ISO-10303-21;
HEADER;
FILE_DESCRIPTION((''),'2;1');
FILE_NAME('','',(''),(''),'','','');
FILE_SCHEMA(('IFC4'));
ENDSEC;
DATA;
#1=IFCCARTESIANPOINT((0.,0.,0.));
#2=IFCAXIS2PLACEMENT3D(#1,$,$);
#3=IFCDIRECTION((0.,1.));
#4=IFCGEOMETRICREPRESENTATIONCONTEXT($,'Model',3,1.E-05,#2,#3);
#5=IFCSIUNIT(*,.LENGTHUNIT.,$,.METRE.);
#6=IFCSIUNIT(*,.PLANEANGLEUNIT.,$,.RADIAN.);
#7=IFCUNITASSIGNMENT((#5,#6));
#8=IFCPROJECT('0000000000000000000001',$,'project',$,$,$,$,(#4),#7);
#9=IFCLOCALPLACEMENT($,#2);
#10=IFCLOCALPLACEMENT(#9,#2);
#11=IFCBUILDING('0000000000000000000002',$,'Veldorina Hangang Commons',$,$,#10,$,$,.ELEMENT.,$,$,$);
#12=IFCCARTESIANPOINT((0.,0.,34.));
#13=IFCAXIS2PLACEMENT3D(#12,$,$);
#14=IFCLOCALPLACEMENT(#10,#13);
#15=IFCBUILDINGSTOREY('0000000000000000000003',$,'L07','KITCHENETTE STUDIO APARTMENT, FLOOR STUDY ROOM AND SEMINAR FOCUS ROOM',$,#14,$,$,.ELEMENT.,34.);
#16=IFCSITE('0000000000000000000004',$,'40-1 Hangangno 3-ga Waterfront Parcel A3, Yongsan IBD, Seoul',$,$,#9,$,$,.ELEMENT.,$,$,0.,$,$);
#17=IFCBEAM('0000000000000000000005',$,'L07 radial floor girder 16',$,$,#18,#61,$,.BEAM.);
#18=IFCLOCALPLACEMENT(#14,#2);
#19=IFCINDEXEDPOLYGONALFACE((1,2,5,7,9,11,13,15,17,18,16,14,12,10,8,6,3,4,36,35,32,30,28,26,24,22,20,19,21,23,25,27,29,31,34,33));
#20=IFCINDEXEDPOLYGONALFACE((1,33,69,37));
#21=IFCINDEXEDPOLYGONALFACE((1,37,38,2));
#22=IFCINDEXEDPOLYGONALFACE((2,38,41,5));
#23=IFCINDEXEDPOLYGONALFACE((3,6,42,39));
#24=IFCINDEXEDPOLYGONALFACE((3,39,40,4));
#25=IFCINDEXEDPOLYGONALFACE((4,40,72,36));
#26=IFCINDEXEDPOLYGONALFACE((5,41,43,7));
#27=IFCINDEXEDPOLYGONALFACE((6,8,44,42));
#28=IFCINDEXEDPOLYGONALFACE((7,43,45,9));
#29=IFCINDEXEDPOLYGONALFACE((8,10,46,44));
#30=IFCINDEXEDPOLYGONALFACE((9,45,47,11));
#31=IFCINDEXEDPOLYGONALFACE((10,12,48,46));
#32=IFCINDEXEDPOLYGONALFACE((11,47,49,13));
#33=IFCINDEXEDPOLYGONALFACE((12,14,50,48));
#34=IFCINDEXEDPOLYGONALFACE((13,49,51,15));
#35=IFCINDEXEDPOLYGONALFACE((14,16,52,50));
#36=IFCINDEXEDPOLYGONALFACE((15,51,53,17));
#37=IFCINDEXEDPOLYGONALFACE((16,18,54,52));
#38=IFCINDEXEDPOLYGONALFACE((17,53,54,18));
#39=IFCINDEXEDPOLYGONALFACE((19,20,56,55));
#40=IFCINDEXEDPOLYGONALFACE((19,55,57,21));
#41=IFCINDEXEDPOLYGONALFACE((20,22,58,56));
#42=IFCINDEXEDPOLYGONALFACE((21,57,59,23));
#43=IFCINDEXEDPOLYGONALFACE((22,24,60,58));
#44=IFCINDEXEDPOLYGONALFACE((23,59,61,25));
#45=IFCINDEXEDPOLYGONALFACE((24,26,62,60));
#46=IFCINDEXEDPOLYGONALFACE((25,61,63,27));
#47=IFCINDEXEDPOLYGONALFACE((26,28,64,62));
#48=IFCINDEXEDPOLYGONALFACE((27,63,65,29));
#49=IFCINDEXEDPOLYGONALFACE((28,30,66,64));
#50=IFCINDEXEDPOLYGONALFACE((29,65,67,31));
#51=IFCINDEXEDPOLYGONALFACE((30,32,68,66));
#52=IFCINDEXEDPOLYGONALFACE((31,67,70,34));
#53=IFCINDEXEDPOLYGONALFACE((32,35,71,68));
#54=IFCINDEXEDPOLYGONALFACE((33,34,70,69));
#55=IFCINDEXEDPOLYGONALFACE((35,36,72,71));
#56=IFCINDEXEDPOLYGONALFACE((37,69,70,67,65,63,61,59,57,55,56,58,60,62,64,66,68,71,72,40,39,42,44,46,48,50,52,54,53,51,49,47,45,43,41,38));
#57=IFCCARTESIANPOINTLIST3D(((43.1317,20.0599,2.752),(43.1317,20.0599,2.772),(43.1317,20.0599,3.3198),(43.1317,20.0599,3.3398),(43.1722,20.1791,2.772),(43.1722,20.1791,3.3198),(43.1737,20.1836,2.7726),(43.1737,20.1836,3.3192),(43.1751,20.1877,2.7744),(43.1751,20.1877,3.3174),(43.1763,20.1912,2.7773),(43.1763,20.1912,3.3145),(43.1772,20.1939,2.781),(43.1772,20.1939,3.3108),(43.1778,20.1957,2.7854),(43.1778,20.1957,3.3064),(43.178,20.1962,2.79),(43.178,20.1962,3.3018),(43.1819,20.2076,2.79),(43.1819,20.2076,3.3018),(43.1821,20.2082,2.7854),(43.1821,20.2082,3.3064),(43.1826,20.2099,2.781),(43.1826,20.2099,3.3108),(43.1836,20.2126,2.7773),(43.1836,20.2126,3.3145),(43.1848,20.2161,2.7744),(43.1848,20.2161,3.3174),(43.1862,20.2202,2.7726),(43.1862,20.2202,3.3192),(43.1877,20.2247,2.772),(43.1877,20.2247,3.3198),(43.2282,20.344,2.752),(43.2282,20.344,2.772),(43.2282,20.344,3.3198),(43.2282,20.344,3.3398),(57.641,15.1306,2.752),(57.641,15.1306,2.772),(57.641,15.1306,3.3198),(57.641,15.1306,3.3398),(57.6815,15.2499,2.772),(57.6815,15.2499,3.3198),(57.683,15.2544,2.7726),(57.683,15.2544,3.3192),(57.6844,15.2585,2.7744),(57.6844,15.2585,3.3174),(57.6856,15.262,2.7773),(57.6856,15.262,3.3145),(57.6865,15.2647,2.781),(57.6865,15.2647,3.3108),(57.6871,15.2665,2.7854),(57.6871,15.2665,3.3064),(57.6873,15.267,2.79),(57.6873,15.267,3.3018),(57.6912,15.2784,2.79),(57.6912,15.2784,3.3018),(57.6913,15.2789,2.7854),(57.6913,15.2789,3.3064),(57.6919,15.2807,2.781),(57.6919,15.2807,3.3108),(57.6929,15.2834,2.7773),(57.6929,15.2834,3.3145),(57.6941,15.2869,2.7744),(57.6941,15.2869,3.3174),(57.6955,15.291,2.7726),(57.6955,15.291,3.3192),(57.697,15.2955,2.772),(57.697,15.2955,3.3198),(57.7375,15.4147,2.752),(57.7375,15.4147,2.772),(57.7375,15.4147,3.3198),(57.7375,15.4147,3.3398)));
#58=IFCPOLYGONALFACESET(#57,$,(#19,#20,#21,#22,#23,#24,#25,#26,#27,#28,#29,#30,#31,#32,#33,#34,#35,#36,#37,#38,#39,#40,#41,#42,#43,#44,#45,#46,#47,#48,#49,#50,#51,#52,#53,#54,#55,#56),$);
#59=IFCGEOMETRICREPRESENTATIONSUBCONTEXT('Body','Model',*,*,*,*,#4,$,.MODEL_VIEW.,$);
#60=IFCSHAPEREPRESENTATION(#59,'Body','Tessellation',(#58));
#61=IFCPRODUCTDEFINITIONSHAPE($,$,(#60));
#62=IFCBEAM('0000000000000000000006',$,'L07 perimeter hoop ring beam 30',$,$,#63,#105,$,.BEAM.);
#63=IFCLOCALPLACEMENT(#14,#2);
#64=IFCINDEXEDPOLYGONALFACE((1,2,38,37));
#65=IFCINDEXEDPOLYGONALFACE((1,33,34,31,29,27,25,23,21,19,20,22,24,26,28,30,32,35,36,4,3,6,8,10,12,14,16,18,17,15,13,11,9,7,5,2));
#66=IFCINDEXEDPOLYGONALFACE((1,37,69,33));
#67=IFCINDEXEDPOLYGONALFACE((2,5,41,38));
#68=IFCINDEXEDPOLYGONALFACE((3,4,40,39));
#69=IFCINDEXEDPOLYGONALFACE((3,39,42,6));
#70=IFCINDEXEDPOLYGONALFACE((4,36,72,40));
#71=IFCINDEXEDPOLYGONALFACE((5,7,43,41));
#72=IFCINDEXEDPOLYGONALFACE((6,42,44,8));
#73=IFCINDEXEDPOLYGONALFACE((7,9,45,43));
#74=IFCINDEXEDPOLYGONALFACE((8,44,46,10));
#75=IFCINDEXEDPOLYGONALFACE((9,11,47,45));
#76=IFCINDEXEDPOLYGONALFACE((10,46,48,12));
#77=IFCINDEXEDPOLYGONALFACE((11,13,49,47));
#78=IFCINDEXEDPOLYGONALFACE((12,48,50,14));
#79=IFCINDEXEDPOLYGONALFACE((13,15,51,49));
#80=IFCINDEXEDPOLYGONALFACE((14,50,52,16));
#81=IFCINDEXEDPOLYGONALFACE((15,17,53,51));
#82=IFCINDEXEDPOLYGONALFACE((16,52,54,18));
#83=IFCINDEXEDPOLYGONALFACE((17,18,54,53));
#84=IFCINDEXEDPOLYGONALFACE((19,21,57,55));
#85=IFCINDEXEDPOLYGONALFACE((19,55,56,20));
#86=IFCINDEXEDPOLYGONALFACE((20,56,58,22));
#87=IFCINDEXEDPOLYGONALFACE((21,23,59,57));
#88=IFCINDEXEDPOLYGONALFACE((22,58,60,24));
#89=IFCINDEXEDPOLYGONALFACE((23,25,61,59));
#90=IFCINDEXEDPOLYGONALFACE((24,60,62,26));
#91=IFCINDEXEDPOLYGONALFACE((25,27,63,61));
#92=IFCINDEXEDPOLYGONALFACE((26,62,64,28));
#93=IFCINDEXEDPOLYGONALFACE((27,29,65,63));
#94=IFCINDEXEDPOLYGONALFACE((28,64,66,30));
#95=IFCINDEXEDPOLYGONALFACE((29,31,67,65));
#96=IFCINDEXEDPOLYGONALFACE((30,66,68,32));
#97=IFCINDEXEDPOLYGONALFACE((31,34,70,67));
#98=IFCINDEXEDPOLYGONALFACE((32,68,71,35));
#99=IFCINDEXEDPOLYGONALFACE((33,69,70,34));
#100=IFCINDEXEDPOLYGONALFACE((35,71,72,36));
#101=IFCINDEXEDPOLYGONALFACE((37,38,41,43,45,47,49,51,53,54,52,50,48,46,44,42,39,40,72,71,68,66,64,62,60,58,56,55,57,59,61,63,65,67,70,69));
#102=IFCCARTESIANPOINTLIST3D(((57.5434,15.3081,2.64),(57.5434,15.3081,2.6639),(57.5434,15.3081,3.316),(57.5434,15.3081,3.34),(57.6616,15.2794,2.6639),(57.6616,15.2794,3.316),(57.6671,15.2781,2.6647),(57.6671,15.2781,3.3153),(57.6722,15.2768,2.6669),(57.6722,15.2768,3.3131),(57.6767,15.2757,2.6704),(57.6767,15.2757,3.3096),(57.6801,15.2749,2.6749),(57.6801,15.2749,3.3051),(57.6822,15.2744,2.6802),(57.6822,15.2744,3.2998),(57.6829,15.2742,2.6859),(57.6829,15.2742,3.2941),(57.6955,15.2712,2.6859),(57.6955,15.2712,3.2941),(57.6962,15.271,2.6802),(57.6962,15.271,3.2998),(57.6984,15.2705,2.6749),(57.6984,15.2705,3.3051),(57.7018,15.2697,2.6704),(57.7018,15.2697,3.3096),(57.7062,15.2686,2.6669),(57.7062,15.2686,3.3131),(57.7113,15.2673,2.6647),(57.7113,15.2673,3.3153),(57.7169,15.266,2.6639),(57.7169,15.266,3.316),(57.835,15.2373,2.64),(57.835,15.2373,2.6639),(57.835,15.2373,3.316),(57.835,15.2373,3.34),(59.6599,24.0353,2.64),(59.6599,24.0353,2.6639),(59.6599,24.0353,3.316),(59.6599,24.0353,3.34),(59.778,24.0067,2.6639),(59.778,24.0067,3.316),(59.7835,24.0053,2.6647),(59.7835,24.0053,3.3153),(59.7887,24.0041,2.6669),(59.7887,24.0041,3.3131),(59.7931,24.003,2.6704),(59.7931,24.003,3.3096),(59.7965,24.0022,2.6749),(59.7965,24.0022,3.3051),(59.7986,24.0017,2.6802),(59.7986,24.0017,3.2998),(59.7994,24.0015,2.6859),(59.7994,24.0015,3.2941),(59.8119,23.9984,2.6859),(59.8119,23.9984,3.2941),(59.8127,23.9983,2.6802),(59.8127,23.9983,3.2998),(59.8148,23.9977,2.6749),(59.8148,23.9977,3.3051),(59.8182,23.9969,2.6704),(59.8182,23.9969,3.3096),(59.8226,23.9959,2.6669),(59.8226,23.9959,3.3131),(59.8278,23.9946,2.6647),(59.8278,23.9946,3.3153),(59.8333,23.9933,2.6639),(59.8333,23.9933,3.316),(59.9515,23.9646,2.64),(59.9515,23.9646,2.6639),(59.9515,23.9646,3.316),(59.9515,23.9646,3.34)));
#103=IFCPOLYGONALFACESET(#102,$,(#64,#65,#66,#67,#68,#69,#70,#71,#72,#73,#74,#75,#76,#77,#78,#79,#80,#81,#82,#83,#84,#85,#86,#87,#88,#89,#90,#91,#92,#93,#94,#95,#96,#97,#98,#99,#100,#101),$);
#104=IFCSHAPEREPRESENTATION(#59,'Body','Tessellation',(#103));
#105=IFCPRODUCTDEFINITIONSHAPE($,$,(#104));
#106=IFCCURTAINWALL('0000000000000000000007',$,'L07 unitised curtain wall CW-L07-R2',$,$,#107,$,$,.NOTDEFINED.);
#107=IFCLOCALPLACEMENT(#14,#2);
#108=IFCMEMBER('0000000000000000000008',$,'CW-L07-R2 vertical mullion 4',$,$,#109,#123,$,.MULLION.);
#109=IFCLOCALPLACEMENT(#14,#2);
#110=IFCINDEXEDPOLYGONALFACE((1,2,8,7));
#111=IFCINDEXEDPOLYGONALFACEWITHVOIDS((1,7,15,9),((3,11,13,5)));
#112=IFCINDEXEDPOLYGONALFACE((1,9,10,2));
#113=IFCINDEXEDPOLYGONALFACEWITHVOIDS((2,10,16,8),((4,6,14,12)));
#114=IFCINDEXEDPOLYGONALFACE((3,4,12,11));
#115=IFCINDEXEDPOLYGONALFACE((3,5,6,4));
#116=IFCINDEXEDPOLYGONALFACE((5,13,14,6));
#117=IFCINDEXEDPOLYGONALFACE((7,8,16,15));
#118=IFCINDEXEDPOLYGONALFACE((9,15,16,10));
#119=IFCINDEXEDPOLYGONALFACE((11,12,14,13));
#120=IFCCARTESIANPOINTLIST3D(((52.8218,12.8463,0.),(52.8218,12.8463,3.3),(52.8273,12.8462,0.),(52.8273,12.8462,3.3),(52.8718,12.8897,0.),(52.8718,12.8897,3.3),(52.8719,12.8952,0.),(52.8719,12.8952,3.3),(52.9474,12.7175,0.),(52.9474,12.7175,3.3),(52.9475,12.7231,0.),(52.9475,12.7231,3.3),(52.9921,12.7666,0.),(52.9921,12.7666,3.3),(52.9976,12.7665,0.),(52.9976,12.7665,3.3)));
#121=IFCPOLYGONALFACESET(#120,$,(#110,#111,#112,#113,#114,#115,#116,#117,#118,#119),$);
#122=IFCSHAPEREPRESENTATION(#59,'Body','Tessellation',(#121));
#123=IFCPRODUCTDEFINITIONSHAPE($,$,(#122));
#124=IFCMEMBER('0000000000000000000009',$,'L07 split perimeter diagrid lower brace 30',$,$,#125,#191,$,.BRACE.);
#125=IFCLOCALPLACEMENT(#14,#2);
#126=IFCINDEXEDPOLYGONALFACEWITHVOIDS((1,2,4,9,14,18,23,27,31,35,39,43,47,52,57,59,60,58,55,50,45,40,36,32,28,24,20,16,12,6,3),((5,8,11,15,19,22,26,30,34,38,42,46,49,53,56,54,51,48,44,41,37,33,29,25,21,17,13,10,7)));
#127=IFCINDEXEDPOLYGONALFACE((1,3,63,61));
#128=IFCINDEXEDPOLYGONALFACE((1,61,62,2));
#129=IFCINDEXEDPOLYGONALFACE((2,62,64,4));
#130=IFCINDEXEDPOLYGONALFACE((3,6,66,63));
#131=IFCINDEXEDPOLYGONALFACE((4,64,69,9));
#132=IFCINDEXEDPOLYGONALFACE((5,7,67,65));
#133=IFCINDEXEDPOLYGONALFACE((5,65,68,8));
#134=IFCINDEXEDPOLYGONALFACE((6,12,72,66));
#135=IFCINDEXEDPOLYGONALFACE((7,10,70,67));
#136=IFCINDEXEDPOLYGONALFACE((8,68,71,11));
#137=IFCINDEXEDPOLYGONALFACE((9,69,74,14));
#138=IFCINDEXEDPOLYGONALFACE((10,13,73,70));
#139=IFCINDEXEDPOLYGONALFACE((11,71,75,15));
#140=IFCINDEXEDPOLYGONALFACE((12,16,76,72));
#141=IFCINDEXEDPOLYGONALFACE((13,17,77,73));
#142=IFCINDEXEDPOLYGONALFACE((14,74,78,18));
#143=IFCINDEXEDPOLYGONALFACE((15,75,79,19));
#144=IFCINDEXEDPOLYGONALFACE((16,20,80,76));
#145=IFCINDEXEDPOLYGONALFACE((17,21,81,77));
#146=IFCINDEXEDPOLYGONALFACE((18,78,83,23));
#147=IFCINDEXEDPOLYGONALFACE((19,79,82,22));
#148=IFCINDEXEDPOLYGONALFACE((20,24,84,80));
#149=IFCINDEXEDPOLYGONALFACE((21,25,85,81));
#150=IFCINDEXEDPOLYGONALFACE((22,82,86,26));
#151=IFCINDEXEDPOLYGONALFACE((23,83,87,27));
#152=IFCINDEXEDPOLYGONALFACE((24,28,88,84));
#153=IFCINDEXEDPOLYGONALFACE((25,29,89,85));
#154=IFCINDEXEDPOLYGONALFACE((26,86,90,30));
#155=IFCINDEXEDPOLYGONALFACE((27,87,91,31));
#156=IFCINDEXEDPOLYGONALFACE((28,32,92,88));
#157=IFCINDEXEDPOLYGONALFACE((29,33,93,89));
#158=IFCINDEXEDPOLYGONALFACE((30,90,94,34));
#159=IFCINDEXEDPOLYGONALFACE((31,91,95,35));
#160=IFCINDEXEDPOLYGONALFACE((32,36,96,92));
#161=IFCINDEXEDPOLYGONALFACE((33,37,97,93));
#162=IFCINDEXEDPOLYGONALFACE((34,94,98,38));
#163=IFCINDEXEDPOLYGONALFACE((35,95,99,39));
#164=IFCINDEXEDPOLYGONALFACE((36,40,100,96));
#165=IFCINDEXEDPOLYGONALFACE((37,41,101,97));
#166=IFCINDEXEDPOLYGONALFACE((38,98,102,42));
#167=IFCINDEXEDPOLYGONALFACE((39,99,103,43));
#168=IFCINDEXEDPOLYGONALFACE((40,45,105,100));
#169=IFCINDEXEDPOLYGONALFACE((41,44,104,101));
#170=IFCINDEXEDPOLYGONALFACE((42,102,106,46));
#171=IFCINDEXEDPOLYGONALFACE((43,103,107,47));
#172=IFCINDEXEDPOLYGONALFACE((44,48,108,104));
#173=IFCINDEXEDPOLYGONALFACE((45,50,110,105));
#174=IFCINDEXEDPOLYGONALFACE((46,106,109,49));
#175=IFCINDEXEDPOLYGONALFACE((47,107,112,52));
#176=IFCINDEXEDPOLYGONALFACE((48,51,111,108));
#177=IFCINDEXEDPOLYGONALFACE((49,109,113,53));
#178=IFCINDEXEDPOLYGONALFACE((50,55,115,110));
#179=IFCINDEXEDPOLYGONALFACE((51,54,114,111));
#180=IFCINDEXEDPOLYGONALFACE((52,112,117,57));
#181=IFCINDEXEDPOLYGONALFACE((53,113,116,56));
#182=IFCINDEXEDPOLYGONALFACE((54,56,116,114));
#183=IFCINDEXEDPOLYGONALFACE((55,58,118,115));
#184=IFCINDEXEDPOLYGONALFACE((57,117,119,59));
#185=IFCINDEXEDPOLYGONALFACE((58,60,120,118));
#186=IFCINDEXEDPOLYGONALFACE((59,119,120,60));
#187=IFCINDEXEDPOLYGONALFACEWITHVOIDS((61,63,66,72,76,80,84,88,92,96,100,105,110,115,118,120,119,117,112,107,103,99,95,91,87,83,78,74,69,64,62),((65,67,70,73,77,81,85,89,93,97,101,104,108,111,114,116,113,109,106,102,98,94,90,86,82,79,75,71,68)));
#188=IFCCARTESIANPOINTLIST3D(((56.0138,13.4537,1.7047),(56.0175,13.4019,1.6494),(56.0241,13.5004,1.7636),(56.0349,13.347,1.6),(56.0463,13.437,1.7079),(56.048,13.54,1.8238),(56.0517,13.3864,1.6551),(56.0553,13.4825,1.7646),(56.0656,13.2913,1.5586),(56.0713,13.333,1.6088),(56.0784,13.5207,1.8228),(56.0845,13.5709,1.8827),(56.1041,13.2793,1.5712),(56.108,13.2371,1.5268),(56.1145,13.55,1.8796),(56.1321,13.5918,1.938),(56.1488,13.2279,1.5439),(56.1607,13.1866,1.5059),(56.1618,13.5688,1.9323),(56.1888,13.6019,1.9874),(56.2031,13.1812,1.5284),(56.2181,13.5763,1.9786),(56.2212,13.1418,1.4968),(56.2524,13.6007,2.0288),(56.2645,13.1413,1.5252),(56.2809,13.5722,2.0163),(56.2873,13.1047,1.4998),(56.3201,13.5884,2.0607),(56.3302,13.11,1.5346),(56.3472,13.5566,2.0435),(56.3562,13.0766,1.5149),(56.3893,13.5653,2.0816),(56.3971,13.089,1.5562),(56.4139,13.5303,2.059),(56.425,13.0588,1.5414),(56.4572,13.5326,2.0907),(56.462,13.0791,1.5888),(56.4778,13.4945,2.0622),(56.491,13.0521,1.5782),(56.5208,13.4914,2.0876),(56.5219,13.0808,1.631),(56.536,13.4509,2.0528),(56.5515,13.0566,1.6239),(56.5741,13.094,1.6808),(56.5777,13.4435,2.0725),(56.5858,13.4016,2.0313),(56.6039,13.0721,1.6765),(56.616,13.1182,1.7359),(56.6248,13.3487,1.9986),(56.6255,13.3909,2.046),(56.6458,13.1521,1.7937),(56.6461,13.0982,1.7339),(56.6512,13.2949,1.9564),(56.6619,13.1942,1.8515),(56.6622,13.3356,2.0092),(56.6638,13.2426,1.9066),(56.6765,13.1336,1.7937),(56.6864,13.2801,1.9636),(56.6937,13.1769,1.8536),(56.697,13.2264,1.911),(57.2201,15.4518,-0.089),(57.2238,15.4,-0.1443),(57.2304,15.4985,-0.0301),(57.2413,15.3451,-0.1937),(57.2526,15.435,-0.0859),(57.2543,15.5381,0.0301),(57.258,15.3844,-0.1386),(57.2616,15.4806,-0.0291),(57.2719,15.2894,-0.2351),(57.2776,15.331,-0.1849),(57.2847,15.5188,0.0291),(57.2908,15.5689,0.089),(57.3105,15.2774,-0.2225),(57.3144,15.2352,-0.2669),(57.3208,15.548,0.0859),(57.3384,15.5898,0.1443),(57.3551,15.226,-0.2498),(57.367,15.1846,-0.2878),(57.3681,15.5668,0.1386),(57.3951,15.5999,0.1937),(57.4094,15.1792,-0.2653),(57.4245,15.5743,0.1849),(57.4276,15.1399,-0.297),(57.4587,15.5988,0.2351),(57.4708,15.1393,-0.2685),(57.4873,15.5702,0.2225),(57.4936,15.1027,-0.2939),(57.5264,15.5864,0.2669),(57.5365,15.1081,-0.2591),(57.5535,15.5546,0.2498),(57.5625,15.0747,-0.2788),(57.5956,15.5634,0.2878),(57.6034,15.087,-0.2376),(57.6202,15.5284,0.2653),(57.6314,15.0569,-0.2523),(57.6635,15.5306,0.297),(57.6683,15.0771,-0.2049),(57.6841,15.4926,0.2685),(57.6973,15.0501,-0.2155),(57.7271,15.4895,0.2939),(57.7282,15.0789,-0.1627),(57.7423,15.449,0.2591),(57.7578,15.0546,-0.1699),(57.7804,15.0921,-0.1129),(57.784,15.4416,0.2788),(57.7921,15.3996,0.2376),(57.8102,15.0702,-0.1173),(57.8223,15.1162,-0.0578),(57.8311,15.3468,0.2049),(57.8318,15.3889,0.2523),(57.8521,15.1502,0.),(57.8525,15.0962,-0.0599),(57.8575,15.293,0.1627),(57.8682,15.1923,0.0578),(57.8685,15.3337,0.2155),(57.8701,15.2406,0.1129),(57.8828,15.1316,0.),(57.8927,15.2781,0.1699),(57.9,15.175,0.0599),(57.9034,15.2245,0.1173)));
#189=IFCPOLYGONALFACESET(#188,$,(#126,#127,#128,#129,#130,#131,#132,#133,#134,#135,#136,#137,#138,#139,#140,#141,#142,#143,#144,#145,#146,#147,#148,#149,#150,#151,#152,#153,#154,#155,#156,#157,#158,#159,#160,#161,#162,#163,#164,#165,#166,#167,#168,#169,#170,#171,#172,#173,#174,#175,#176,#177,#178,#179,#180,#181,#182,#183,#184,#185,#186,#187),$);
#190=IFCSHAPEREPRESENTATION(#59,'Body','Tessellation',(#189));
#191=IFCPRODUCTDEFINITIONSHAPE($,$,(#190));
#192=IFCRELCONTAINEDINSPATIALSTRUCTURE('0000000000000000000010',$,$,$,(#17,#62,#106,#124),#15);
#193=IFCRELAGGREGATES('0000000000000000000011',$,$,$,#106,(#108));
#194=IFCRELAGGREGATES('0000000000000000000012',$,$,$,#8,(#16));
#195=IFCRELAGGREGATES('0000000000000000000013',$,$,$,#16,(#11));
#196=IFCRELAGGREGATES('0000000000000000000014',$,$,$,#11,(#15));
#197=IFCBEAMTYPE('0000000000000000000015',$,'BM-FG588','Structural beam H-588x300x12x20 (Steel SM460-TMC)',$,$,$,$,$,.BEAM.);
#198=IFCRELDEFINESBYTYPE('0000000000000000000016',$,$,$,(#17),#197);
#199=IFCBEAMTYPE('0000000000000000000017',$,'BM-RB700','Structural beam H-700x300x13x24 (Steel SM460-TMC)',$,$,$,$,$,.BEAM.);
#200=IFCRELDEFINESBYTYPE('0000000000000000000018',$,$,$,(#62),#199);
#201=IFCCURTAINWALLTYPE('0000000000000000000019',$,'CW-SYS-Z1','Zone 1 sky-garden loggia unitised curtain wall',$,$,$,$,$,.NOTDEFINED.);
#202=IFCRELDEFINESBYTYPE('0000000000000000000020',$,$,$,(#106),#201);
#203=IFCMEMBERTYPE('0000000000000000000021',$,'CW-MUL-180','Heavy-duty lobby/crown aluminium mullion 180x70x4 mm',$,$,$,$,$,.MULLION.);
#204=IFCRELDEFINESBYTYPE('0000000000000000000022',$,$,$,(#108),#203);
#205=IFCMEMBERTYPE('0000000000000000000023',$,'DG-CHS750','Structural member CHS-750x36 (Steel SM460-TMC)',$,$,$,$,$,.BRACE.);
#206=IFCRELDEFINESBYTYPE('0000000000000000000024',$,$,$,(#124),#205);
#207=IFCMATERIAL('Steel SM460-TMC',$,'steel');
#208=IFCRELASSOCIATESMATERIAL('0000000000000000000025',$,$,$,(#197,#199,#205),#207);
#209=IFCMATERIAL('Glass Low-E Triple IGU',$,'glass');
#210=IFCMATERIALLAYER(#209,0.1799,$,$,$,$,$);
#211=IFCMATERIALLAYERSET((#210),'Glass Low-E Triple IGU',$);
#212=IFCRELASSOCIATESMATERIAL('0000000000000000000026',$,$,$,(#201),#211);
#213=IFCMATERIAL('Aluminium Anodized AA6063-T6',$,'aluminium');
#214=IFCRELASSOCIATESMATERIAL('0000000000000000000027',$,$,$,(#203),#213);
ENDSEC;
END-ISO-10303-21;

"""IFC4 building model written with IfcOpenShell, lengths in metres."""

from ifc_helpers import new_model, si_unit, direction, frame, origin, origin_2d, place, context, subcontext, project, spatial, hollow_rectangle, hollow_circle, i_section, extrude, material, layer, layer_set, material_profile, profile_set, type_object, element, aggregate, save


model = new_model("IFC4")

# Units and contexts
model_context = context("Model", 3, precision=1e-05, world=origin(), true_north=direction((0.0, 1.0)))
body_context = subcontext(model_context, "Body", "Model", "MODEL_VIEW")
ifc_project = project(units=[si_unit("LENGTHUNIT", "METRE"), si_unit("PLANEANGLEUNIT", "RADIAN")], contexts=[model_context])

# Site, building, storey
site_placement = place(None, origin())
site = spatial("IfcSite", under=ifc_project, at=site_placement, Name="40-1 Hangangno 3-ga Waterfront Parcel A3, Yongsan IBD, Seoul", CompositionType="ELEMENT", RefElevation=0.0)
building_placement = place(site_placement, origin())
building = spatial("IfcBuilding", under=site, at=building_placement, Name="Veldorina Hangang Commons", CompositionType="ELEMENT")
storey_placement = place(building_placement, frame((0.0, 0.0, 34.0)))
storey = spatial("IfcBuildingStorey", under=building, at=storey_placement, Name="L07", Description="KITCHENETTE STUDIO APARTMENT, FLOOR STUDY ROOM AND SEMINAR FOCUS ROOM", CompositionType="ELEMENT", Elevation=34.0)

# Beams
ifc_material_1 = material(Name="Steel SM460-TMC", Category="steel")
ifc_material_profile_1 = material_profile(ifc_material_1, i_section(OverallWidth=0.3, OverallDepth=0.5879, WebThickness=0.012, FlangeThickness=0.02, FilletRadius=0.0181, at=origin_2d()), Name="H-588x300x12x20")
ifc_profile_set_1 = profile_set([ifc_material_profile_1], Name="Steel SM460-TMC")
beam_type_1 = type_object("IfcBeamType", Name="BM-FG588", Description="Structural beam H-588x300x12x20 (Steel SM460-TMC)", PredefinedType="BEAM", material=ifc_profile_set_1)
beam_1_placement = place(storey_placement, frame((43.1799, 20.2019, 3.0459), z_axis=(0.946851, -0.321671, 0.0), x_axis=(0.321671, 0.946851, 0.0)))
element("IfcBeam", 1, at=beam_1_placement, inside=storey, type_object=beam_type_1, Name="L07 radial floor girder 16", PredefinedType="BEAM", context=body_context, shape_type="SweptSolid", body=[
    extrude(i_section(OverallWidth=0.3, OverallDepth=0.5879, WebThickness=0.012, FlangeThickness=0.02, FilletRadius=0.0181, at=origin_2d()), origin(), (0.0, 0.0, 1.0), 15.3237),
])
ifc_material_profile_2 = material_profile(ifc_material_1, i_section(OverallWidth=0.3, OverallDepth=0.7, WebThickness=0.0129, FlangeThickness=0.0239, FilletRadius=0.022, at=origin_2d()), Name="H-700x300x13x24")
ifc_profile_set_2 = profile_set([ifc_material_profile_2], Name="Steel SM460-TMC")
beam_type_2 = type_object("IfcBeamType", Name="BM-RB700", Description="Structural beam H-700x300x13x24 (Steel SM460-TMC)", PredefinedType="BEAM", material=ifc_profile_set_2)
beam_2_placement = place(storey_placement, frame((57.6892, 15.2727, 2.99), z_axis=(0.235679, 0.971831, 0.0), x_axis=(-0.971831, 0.235679, 0.0)))
element("IfcBeam", 2, at=beam_2_placement, inside=storey, type_object=beam_type_2, Name="L07 perimeter hoop ring beam 30", PredefinedType="BEAM", context=body_context, shape_type="SweptSolid", body=[
    extrude(i_section(OverallWidth=0.3, OverallDepth=0.7, WebThickness=0.0129, FlangeThickness=0.0239, FilletRadius=0.022, at=origin_2d()), origin(), (0.0, 0.0, 1.0), 8.9802),
])

# Curtain wall, member
ifc_material_2 = material(Name="Glass Low-E Triple IGU", Category="glass")
ifc_layer_1 = layer(ifc_material_2, 0.1799)
ifc_layer_set_1 = layer_set([ifc_layer_1], Name="Glass Low-E Triple IGU")
curtain_wall_type = type_object("IfcCurtainWallType", Name="CW-SYS-Z1", Description="Zone 1 sky-garden loggia unitised curtain wall", PredefinedType="NOTDEFINED", material=ifc_layer_set_1)
curtain_wall_placement = place(storey_placement, origin())
curtain_wall = element("IfcCurtainWall", 3, at=curtain_wall_placement, inside=storey, type_object=curtain_wall_type, Name="L07 unitised curtain wall CW-L07-R2", PredefinedType="NOTDEFINED")
ifc_material_3 = material(Name="Aluminium Anodized AA6063-T6", Category="aluminium")
ifc_material_profile_3 = material_profile(ifc_material_3, hollow_rectangle(XDim=0.0701, YDim=0.1799, WallThickness=0.0039, at=origin_2d()), Name="ALU-RHS-180x70x4")
ifc_profile_set_3 = profile_set([ifc_material_profile_3], Name="Aluminium Anodized AA6063-T6")
member_type_1 = type_object("IfcMemberType", Name="CW-MUL-180", Description="Heavy-duty lobby/crown aluminium mullion 180x70x4 mm", PredefinedType="MULLION", material=ifc_profile_set_3)
member_1_placement = place(storey_placement, frame((52.9097, 12.8064, 0.0), z_axis=(0.0, 0.0, 1.0), x_axis=(-0.715559, -0.698553, 0.0)))
member_1 = element("IfcMember", 4, at=member_1_placement, type_object=member_type_1, Name="CW-L07-R2 vertical mullion 4", PredefinedType="MULLION", context=body_context, shape_type="SweptSolid", body=[
    extrude(hollow_rectangle(XDim=0.0701, YDim=0.1799, WallThickness=0.0039, at=origin_2d()), origin(), (0.0, 0.0, 1.0), 3.3),
])
aggregate(curtain_wall, [member_1])

# Member
ifc_material_profile_4 = material_profile(ifc_material_1, hollow_circle(Radius=0.375, WallThickness=0.0359, at=origin_2d()), Name="CHS-750x36")
ifc_profile_set_4 = profile_set([ifc_material_profile_4], Name="Steel SM460-TMC")
member_type_2 = type_object("IfcMemberType", Name="DG-CHS750", Description="Structural member CHS-750x36 (Steel SM460-TMC)", PredefinedType="BRACE", material=ifc_profile_set_4)
member_2_placement = place(storey_placement, frame((57.5618, 15.3254, 0.0), z_axis=(-0.409806, -0.678779, 0.609359), x_axis=(0.856078, -0.516847, 0.0)))
element("IfcMember", 5, at=member_2_placement, inside=storey, type_object=member_type_2, Name="L07 split perimeter diagrid lower brace 30", PredefinedType="BRACE", context=body_context, shape_type="SweptSolid", body=[
    extrude(hollow_circle(Radius=0.375, WallThickness=0.0359, at=origin_2d()), origin(), (0.0, 0.0, 1.0), 2.9436),
])

save(model, "model.ifc")
